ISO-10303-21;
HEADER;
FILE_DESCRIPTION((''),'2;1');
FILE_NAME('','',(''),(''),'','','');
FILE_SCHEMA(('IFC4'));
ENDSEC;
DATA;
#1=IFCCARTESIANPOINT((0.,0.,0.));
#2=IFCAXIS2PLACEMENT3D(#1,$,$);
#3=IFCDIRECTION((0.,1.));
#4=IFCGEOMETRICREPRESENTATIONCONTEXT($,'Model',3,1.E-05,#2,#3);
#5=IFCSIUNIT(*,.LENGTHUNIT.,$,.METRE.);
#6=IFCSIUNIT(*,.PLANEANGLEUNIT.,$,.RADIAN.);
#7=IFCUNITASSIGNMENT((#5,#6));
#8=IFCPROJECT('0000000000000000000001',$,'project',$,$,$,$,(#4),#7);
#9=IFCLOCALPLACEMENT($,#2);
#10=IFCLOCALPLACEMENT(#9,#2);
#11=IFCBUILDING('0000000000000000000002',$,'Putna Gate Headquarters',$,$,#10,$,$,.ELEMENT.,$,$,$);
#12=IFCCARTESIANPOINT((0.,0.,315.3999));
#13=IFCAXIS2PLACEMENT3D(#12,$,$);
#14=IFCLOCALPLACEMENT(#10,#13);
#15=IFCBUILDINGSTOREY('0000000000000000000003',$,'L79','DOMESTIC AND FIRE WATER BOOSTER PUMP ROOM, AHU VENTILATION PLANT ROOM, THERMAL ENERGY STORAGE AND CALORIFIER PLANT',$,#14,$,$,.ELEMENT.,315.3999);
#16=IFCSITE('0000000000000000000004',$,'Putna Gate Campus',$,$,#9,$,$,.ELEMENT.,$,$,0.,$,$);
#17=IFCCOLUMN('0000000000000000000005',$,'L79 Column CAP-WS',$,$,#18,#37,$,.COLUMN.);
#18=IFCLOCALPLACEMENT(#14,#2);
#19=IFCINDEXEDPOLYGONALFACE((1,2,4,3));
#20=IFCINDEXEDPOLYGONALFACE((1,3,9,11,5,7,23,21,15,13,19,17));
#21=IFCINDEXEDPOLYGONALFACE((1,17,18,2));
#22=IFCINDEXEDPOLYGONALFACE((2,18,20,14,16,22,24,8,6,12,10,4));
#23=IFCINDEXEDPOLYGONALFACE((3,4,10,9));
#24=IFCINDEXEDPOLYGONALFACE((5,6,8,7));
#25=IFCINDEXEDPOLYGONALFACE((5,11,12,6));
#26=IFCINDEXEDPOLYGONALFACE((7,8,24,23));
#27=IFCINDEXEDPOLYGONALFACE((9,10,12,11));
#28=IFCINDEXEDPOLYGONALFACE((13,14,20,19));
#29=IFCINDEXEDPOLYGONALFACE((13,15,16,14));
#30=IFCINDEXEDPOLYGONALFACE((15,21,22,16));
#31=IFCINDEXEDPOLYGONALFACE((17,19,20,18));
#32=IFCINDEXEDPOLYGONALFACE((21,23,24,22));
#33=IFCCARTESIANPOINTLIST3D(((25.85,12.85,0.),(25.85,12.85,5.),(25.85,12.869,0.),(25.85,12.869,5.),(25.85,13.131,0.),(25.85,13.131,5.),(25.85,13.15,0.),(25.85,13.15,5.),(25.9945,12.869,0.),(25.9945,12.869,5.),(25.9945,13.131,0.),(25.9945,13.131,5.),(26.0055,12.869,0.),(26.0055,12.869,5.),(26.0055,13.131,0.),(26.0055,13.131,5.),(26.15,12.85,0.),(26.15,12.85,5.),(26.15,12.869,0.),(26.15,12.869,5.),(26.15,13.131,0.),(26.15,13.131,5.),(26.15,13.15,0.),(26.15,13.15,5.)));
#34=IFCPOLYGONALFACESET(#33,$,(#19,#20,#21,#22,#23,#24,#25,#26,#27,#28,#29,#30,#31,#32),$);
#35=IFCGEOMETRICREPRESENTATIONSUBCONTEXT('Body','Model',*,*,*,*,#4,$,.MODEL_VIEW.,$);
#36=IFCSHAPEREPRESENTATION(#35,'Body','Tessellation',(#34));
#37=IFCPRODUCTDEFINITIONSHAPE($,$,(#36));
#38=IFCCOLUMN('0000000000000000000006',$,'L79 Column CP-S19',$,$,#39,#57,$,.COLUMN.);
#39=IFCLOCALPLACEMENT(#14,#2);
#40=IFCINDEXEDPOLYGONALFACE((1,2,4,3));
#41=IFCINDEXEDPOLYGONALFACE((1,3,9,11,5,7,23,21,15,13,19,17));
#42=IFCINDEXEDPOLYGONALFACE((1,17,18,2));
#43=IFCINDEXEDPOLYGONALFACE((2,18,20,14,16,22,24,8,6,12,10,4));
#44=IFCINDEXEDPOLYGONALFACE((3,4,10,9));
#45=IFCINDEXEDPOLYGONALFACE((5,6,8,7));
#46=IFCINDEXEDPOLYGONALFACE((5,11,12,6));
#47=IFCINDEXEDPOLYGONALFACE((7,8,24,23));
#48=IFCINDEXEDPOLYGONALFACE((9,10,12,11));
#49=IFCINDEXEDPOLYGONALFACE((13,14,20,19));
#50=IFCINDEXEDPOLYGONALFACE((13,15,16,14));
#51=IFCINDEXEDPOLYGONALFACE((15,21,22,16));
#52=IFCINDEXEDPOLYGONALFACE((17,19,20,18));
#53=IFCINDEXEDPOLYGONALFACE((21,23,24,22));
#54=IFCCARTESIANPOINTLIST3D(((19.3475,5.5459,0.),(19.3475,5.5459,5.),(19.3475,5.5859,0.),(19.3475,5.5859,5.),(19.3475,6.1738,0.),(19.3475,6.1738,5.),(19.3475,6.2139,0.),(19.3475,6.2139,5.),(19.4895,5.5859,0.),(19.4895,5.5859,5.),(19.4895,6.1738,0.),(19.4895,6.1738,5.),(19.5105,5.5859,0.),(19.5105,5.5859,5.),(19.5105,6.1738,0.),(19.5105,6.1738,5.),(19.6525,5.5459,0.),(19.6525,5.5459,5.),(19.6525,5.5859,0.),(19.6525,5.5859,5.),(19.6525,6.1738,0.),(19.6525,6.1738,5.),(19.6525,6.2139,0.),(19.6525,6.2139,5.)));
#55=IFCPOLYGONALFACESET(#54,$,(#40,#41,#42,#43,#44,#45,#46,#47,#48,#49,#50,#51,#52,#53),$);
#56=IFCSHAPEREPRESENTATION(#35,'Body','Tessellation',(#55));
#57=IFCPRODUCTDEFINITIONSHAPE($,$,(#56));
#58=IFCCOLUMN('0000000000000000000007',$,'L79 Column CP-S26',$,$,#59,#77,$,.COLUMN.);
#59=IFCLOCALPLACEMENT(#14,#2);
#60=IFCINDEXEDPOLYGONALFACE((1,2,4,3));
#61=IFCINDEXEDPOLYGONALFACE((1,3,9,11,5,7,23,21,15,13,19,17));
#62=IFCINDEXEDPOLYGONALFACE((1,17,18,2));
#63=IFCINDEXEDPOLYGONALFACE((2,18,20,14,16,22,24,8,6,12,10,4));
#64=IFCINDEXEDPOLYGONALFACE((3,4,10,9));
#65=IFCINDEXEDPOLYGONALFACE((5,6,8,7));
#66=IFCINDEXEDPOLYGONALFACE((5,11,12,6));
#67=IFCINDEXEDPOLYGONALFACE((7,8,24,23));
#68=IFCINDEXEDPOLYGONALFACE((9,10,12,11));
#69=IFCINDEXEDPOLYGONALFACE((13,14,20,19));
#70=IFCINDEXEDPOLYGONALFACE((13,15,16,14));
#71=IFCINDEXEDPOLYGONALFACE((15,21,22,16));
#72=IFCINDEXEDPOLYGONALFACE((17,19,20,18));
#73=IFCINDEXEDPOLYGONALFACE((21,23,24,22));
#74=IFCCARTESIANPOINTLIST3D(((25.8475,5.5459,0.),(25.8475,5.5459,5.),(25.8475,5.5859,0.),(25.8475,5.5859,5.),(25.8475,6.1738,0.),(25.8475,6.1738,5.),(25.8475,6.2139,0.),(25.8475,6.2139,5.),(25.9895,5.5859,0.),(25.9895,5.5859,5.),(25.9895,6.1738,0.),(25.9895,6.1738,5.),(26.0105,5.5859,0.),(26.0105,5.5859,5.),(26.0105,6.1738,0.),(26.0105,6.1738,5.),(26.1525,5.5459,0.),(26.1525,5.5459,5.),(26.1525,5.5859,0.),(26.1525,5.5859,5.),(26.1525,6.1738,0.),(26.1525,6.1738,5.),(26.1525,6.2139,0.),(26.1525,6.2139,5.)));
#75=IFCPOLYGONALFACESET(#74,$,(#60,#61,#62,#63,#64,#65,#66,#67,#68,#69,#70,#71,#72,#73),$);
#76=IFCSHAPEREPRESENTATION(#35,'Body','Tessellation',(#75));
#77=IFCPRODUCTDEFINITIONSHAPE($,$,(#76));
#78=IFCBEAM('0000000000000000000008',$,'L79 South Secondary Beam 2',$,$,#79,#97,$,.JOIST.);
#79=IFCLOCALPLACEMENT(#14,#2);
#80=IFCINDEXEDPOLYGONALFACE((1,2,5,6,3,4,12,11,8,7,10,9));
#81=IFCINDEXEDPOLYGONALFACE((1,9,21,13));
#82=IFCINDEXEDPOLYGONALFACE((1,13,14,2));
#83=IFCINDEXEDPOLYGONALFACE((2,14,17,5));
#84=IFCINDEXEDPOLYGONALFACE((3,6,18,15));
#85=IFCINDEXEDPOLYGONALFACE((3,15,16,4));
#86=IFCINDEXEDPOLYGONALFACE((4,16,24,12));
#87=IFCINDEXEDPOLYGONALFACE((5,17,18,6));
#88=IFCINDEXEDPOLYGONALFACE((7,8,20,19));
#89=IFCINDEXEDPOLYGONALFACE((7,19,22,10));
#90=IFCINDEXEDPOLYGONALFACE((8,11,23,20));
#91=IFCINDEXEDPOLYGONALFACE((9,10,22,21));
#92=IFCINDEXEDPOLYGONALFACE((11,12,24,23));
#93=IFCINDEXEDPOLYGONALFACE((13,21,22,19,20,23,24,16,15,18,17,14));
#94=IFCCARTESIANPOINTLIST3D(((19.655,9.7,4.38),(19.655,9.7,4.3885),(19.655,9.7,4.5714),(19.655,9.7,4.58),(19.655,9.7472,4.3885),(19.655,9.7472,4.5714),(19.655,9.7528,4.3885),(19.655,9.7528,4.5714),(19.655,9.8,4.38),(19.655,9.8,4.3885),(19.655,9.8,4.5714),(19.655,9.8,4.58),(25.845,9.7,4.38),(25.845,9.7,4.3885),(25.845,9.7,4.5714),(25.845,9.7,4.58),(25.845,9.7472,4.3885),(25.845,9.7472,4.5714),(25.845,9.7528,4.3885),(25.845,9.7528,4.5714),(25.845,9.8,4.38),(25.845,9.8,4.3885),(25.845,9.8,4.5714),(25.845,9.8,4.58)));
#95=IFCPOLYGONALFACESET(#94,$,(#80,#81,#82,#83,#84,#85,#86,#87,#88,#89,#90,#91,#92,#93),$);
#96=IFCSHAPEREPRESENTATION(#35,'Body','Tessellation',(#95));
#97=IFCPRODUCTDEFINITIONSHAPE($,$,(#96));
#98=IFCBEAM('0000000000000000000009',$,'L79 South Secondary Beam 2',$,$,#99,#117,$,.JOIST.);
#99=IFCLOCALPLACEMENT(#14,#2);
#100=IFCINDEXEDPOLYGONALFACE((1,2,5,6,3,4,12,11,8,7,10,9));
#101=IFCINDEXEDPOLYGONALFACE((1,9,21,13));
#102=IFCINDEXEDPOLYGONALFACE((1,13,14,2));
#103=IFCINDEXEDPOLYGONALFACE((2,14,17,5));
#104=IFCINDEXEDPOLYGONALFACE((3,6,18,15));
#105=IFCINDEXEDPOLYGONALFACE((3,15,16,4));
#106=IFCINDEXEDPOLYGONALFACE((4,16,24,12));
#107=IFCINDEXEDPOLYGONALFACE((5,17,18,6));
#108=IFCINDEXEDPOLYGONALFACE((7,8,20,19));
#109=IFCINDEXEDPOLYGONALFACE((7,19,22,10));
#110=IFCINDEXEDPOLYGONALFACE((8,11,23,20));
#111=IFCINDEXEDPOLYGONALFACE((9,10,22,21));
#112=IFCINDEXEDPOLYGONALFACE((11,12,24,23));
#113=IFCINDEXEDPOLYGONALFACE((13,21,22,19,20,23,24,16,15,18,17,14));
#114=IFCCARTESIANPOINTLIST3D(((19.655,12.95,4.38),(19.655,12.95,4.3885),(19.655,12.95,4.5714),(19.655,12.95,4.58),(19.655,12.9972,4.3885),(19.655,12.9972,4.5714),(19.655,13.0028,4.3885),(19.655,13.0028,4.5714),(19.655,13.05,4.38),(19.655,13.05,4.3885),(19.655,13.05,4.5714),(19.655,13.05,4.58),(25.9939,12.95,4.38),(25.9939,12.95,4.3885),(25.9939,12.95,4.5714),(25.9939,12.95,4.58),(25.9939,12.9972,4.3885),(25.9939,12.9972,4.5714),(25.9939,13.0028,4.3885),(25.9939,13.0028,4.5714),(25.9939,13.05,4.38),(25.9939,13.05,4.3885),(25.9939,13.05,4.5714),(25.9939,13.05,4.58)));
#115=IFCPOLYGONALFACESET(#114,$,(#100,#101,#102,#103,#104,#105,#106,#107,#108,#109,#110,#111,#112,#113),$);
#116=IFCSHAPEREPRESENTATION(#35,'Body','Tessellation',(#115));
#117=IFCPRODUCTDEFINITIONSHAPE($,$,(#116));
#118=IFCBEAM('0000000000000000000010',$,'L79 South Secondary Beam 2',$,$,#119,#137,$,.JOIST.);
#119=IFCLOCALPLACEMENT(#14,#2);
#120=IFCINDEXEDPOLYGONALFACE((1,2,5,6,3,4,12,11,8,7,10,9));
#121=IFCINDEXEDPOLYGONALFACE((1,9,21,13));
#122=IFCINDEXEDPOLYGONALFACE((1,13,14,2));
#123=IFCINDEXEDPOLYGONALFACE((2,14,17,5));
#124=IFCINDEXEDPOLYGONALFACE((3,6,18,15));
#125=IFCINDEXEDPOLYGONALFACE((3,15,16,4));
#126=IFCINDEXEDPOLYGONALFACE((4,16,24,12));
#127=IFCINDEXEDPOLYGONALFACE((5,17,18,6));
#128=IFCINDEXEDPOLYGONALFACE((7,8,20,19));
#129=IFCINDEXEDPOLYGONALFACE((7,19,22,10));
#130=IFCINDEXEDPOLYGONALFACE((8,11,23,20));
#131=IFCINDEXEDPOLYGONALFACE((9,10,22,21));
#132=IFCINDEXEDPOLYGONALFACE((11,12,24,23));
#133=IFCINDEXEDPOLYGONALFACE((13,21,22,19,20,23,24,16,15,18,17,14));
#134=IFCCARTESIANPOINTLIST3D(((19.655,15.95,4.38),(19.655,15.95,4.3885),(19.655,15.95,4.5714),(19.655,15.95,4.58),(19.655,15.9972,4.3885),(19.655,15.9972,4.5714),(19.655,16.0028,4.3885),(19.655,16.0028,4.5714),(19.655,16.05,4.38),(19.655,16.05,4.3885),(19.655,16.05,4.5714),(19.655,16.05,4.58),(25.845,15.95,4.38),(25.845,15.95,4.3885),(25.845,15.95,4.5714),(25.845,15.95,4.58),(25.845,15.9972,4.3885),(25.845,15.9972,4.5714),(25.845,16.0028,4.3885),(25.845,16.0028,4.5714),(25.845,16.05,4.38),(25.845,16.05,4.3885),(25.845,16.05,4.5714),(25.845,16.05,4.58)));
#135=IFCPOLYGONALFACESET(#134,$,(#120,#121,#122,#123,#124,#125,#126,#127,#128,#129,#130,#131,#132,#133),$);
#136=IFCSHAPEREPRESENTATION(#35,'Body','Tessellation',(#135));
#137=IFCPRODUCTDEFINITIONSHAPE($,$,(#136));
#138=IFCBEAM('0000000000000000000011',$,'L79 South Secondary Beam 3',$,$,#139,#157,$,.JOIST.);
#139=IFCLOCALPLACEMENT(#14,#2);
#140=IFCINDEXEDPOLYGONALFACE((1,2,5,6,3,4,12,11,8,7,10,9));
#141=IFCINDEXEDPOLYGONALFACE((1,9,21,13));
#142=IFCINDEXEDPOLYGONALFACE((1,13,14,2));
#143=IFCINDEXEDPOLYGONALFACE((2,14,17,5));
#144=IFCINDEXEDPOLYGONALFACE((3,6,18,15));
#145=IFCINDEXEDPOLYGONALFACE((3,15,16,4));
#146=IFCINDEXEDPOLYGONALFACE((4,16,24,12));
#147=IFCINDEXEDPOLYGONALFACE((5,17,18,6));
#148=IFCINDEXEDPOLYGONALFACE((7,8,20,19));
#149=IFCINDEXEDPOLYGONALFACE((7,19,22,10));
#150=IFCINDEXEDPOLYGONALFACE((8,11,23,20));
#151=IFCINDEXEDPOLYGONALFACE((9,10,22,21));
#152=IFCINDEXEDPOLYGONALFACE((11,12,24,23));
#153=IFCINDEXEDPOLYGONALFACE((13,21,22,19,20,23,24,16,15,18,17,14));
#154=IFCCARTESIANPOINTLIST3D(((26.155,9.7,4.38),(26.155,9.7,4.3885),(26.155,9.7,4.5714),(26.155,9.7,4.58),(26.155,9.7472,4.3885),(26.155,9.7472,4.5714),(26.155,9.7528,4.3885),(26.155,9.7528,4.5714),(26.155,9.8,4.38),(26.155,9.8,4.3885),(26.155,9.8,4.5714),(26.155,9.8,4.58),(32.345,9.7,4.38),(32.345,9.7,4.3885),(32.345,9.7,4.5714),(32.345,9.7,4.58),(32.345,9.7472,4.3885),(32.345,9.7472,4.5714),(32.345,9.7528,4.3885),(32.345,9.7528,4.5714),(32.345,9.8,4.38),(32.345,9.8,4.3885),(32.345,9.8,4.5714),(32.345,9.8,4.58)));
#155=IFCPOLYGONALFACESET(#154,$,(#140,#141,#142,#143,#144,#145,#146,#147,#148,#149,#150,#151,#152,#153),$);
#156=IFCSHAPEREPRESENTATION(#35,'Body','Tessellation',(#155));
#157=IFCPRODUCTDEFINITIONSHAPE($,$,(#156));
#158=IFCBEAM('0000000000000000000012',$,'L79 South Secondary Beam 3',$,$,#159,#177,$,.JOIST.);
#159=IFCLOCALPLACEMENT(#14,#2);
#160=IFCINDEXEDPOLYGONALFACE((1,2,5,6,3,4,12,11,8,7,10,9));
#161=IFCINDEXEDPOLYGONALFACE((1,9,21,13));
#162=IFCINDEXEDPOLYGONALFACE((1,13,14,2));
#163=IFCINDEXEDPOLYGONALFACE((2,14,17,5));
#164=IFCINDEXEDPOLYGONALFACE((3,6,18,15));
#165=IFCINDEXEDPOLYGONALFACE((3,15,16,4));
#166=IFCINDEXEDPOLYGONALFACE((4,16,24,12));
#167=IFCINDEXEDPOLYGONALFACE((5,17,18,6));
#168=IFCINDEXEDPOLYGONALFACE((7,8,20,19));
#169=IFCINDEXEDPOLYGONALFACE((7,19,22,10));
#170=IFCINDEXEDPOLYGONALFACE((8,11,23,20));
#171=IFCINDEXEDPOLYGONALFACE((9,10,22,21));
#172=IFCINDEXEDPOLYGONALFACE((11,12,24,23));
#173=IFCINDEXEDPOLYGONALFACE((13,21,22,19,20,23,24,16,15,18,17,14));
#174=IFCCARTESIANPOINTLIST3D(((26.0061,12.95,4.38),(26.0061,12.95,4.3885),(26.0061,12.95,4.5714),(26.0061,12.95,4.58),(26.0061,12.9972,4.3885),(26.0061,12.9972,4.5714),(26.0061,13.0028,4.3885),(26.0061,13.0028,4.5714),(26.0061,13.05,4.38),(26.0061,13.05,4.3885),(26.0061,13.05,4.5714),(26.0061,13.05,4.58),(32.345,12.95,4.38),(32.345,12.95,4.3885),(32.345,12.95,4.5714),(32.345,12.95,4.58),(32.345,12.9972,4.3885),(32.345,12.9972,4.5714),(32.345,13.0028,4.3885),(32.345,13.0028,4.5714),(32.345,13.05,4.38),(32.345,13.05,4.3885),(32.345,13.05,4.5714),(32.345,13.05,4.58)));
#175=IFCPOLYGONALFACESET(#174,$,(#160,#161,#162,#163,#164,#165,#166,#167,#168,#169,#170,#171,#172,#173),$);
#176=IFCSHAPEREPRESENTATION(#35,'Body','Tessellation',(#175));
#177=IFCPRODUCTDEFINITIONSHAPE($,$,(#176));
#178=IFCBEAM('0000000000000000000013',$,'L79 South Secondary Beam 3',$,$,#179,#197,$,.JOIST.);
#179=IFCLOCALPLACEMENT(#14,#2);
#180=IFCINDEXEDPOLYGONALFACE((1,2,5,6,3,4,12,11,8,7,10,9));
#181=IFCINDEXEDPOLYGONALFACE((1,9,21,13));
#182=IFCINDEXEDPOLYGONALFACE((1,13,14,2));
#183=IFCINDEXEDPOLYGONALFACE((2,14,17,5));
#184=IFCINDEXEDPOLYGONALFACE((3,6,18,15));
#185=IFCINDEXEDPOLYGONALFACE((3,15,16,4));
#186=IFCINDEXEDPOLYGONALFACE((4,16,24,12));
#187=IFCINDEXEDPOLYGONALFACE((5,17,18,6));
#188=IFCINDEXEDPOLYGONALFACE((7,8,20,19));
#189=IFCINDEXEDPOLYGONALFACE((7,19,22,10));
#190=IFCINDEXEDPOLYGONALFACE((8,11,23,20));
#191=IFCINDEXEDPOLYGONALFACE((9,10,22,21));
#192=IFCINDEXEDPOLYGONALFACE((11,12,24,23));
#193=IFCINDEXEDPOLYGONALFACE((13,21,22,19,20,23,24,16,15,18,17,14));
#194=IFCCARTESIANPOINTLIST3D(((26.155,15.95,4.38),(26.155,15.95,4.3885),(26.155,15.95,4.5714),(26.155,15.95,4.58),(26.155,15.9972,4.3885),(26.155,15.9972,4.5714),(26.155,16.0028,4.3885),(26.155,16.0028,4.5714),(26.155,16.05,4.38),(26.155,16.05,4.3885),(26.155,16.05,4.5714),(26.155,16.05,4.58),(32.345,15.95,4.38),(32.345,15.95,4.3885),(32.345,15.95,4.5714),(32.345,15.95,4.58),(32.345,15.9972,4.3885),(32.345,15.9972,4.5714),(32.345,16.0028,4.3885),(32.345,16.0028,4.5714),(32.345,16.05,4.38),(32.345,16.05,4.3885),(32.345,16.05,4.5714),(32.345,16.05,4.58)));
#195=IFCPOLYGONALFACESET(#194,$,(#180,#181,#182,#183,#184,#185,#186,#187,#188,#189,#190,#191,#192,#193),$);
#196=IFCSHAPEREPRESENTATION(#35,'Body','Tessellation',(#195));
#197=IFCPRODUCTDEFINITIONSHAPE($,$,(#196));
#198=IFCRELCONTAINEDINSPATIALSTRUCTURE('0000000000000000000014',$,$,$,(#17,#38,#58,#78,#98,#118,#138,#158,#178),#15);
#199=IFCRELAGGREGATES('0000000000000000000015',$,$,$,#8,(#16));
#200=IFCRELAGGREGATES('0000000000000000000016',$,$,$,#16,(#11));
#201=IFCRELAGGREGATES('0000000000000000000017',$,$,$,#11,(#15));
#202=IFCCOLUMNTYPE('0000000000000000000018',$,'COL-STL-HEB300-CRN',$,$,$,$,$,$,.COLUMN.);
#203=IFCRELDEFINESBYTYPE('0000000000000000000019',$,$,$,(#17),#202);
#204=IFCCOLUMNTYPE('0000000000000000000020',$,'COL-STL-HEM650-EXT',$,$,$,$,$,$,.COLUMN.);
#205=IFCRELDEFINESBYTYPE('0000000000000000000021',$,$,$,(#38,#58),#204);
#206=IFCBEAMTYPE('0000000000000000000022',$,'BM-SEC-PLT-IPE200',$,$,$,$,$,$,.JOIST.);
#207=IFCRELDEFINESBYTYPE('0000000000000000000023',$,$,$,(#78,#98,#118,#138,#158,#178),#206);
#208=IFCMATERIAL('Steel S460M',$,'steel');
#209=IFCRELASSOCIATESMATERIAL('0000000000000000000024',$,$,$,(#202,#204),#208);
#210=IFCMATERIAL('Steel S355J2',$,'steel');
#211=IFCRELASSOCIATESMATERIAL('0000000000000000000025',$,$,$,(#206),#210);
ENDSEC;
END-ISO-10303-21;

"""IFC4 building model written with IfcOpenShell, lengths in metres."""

from ifc_helpers import new_model, si_unit, direction, frame, origin, origin_2d, place, context, subcontext, project, spatial, i_section, extrude, material, material_profile, profile_set, type_object, element, save


model = new_model("IFC4")

# Units and contexts
model_context = context("Model", 3, precision=1e-05, world=origin(), true_north=direction((0.0, 1.0)))
body_context = subcontext(model_context, "Body", "Model", "MODEL_VIEW")
ifc_project = project(units=[si_unit("LENGTHUNIT", "METRE"), si_unit("PLANEANGLEUNIT", "RADIAN")], contexts=[model_context])

# Site, building, storey
site_placement = place(None, origin())
site = spatial("IfcSite", under=ifc_project, at=site_placement, Name="Putna Gate Campus", CompositionType="ELEMENT", RefElevation=0.0)
building_placement = place(site_placement, origin())
building = spatial("IfcBuilding", under=site, at=building_placement, Name="Putna Gate Headquarters", CompositionType="ELEMENT")
storey_placement = place(building_placement, frame((0.0, 0.0, 315.3999)))
storey = spatial("IfcBuildingStorey", under=building, at=storey_placement, Name="L79", Description="DOMESTIC AND FIRE WATER BOOSTER PUMP ROOM, AHU VENTILATION PLANT ROOM, THERMAL ENERGY STORAGE AND CALORIFIER PLANT", CompositionType="ELEMENT", Elevation=315.3999)

# Columns
ifc_material_1 = material(Name="Steel S460M", Category="steel")
ifc_material_profile_1 = material_profile(ifc_material_1, i_section(OverallWidth=0.3, OverallDepth=0.3, WebThickness=0.011, FlangeThickness=0.019, at=origin_2d()), Name="Steel S460M")
ifc_profile_set_1 = profile_set([ifc_material_profile_1], Name="Steel S460M")
column_type_1 = type_object("IfcColumnType", Name="COL-STL-HEB300-CRN", PredefinedType="COLUMN", material=ifc_profile_set_1)
column_placement = place(storey_placement, frame((26.0, 13.0, 0.0), z_axis=(0.0, 0.0, 1.0), x_axis=(1.0, 0.0, 0.0)))
element("IfcColumn", 1, at=column_placement, inside=storey, type_object=column_type_1, Name="L79 Column CAP-WS", PredefinedType="COLUMN", context=body_context, shape_type="SweptSolid", body=[
    extrude(i_section(OverallWidth=0.3, OverallDepth=0.3, WebThickness=0.011, FlangeThickness=0.019, at=origin_2d()), origin(), (0.0, 0.0, 1.0), 5.0),
])
ifc_material_profile_2 = material_profile(ifc_material_1, i_section(OverallWidth=0.3049, OverallDepth=0.668, WebThickness=0.021, FlangeThickness=0.04, at=origin_2d()), Name="Steel S460M")
ifc_profile_set_2 = profile_set([ifc_material_profile_2], Name="Steel S460M")
column_type_2 = type_object("IfcColumnType", Name="COL-STL-HEM650-EXT", PredefinedType="COLUMN", material=ifc_profile_set_2)
for number, where, z_axis, x_axis, name in (
    (2, (19.5, 5.8799, 0.0), (0.0, 0.0, 1.0), (1.0, 0.0, 0.0), "L79 Column CP-S19"),
    (3, (26.0, 5.8799, 0.0), (0.0, 0.0, 1.0), (1.0, 0.0, 0.0), "L79 Column CP-S26"),
):
    element("IfcColumn", number, at=place(storey_placement, frame(where, z_axis=z_axis, x_axis=x_axis)), inside=storey, type_object=column_type_2, Name=name, PredefinedType="COLUMN", context=body_context, shape_type="SweptSolid", body=[
        extrude(i_section(OverallWidth=0.3049, OverallDepth=0.668, WebThickness=0.021, FlangeThickness=0.04, at=origin_2d()), origin(), (0.0, 0.0, 1.0), 5.0),
    ])

# Beams
ifc_material_2 = material(Name="Steel S355J2", Category="steel")
ifc_material_profile_3 = material_profile(ifc_material_2, i_section(OverallWidth=0.1001, OverallDepth=0.2, WebThickness=0.0056, FlangeThickness=0.0085, at=origin_2d()), Name="Steel S355J2")
ifc_profile_set_3 = profile_set([ifc_material_profile_3], Name="Steel S355J2")
beam_type_1 = type_object("IfcBeamType", Name="BM-SEC-PLT-IPE200", PredefinedType="JOIST", material=ifc_profile_set_3)
beam_1_placement = place(storey_placement, frame((19.655, 9.75, 4.48), z_axis=(1.0, 0.0, 0.0), x_axis=(0.0, 1.0, 0.0)))
element("IfcBeam", 4, at=beam_1_placement, inside=storey, type_object=beam_type_1, Name="L79 South Secondary Beam 2", PredefinedType="JOIST", context=body_context, shape_type="SweptSolid", body=[
    extrude(i_section(OverallWidth=0.1001, OverallDepth=0.2, WebThickness=0.0056, FlangeThickness=0.0085, at=origin_2d()), origin(), (0.0, 0.0, 1.0), 6.1899),
])
beam_2_placement = place(storey_placement, frame((19.655, 13.0, 4.48), z_axis=(1.0, 0.0, 0.0), x_axis=(0.0, 1.0, 0.0)))
element("IfcBeam", 5, at=beam_2_placement, inside=storey, type_object=beam_type_1, Name="L79 South Secondary Beam 2", PredefinedType="JOIST", context=body_context, shape_type="SweptSolid", body=[
    extrude(i_section(OverallWidth=0.1001, OverallDepth=0.2, WebThickness=0.0056, FlangeThickness=0.0085, at=origin_2d()), origin(), (0.0, 0.0, 1.0), 6.3389),
])
for number, where, z_axis, x_axis, name in (
    (6, (19.655, 16.0, 4.48), (1.0, 0.0, 0.0), (0.0, 1.0, 0.0), "L79 South Secondary Beam 2"),
    (7, (26.155, 9.75, 4.48), (1.0, 0.0, 0.0), (0.0, 1.0, 0.0), "L79 South Secondary Beam 3"),
):
    element("IfcBeam", number, at=place(storey_placement, frame(where, z_axis=z_axis, x_axis=x_axis)), inside=storey, type_object=beam_type_1, Name=name, PredefinedType="JOIST", context=body_context, shape_type="SweptSolid", body=[
        extrude(i_section(OverallWidth=0.1001, OverallDepth=0.2, WebThickness=0.0056, FlangeThickness=0.0085, at=origin_2d()), origin(), (0.0, 0.0, 1.0), 6.1899),
    ])
beam_3_placement = place(storey_placement, frame((26.0061, 13.0, 4.48), z_axis=(1.0, 0.0, 0.0), x_axis=(0.0, 1.0, 0.0)))
element("IfcBeam", 8, at=beam_3_placement, inside=storey, type_object=beam_type_1, Name="L79 South Secondary Beam 3", PredefinedType="JOIST", context=body_context, shape_type="SweptSolid", body=[
    extrude(i_section(OverallWidth=0.1001, OverallDepth=0.2, WebThickness=0.0056, FlangeThickness=0.0085, at=origin_2d()), origin(), (0.0, 0.0, 1.0), 6.3389),
])
beam_4_placement = place(storey_placement, frame((26.155, 16.0, 4.48), z_axis=(1.0, 0.0, 0.0), x_axis=(0.0, 1.0, 0.0)))
element("IfcBeam", 9, at=beam_4_placement, inside=storey, type_object=beam_type_1, Name="L79 South Secondary Beam 3", PredefinedType="JOIST", context=body_context, shape_type="SweptSolid", body=[
    extrude(i_section(OverallWidth=0.1001, OverallDepth=0.2, WebThickness=0.0056, FlangeThickness=0.0085, at=origin_2d()), origin(), (0.0, 0.0, 1.0), 6.1899),
])

save(model, "model.ifc")
